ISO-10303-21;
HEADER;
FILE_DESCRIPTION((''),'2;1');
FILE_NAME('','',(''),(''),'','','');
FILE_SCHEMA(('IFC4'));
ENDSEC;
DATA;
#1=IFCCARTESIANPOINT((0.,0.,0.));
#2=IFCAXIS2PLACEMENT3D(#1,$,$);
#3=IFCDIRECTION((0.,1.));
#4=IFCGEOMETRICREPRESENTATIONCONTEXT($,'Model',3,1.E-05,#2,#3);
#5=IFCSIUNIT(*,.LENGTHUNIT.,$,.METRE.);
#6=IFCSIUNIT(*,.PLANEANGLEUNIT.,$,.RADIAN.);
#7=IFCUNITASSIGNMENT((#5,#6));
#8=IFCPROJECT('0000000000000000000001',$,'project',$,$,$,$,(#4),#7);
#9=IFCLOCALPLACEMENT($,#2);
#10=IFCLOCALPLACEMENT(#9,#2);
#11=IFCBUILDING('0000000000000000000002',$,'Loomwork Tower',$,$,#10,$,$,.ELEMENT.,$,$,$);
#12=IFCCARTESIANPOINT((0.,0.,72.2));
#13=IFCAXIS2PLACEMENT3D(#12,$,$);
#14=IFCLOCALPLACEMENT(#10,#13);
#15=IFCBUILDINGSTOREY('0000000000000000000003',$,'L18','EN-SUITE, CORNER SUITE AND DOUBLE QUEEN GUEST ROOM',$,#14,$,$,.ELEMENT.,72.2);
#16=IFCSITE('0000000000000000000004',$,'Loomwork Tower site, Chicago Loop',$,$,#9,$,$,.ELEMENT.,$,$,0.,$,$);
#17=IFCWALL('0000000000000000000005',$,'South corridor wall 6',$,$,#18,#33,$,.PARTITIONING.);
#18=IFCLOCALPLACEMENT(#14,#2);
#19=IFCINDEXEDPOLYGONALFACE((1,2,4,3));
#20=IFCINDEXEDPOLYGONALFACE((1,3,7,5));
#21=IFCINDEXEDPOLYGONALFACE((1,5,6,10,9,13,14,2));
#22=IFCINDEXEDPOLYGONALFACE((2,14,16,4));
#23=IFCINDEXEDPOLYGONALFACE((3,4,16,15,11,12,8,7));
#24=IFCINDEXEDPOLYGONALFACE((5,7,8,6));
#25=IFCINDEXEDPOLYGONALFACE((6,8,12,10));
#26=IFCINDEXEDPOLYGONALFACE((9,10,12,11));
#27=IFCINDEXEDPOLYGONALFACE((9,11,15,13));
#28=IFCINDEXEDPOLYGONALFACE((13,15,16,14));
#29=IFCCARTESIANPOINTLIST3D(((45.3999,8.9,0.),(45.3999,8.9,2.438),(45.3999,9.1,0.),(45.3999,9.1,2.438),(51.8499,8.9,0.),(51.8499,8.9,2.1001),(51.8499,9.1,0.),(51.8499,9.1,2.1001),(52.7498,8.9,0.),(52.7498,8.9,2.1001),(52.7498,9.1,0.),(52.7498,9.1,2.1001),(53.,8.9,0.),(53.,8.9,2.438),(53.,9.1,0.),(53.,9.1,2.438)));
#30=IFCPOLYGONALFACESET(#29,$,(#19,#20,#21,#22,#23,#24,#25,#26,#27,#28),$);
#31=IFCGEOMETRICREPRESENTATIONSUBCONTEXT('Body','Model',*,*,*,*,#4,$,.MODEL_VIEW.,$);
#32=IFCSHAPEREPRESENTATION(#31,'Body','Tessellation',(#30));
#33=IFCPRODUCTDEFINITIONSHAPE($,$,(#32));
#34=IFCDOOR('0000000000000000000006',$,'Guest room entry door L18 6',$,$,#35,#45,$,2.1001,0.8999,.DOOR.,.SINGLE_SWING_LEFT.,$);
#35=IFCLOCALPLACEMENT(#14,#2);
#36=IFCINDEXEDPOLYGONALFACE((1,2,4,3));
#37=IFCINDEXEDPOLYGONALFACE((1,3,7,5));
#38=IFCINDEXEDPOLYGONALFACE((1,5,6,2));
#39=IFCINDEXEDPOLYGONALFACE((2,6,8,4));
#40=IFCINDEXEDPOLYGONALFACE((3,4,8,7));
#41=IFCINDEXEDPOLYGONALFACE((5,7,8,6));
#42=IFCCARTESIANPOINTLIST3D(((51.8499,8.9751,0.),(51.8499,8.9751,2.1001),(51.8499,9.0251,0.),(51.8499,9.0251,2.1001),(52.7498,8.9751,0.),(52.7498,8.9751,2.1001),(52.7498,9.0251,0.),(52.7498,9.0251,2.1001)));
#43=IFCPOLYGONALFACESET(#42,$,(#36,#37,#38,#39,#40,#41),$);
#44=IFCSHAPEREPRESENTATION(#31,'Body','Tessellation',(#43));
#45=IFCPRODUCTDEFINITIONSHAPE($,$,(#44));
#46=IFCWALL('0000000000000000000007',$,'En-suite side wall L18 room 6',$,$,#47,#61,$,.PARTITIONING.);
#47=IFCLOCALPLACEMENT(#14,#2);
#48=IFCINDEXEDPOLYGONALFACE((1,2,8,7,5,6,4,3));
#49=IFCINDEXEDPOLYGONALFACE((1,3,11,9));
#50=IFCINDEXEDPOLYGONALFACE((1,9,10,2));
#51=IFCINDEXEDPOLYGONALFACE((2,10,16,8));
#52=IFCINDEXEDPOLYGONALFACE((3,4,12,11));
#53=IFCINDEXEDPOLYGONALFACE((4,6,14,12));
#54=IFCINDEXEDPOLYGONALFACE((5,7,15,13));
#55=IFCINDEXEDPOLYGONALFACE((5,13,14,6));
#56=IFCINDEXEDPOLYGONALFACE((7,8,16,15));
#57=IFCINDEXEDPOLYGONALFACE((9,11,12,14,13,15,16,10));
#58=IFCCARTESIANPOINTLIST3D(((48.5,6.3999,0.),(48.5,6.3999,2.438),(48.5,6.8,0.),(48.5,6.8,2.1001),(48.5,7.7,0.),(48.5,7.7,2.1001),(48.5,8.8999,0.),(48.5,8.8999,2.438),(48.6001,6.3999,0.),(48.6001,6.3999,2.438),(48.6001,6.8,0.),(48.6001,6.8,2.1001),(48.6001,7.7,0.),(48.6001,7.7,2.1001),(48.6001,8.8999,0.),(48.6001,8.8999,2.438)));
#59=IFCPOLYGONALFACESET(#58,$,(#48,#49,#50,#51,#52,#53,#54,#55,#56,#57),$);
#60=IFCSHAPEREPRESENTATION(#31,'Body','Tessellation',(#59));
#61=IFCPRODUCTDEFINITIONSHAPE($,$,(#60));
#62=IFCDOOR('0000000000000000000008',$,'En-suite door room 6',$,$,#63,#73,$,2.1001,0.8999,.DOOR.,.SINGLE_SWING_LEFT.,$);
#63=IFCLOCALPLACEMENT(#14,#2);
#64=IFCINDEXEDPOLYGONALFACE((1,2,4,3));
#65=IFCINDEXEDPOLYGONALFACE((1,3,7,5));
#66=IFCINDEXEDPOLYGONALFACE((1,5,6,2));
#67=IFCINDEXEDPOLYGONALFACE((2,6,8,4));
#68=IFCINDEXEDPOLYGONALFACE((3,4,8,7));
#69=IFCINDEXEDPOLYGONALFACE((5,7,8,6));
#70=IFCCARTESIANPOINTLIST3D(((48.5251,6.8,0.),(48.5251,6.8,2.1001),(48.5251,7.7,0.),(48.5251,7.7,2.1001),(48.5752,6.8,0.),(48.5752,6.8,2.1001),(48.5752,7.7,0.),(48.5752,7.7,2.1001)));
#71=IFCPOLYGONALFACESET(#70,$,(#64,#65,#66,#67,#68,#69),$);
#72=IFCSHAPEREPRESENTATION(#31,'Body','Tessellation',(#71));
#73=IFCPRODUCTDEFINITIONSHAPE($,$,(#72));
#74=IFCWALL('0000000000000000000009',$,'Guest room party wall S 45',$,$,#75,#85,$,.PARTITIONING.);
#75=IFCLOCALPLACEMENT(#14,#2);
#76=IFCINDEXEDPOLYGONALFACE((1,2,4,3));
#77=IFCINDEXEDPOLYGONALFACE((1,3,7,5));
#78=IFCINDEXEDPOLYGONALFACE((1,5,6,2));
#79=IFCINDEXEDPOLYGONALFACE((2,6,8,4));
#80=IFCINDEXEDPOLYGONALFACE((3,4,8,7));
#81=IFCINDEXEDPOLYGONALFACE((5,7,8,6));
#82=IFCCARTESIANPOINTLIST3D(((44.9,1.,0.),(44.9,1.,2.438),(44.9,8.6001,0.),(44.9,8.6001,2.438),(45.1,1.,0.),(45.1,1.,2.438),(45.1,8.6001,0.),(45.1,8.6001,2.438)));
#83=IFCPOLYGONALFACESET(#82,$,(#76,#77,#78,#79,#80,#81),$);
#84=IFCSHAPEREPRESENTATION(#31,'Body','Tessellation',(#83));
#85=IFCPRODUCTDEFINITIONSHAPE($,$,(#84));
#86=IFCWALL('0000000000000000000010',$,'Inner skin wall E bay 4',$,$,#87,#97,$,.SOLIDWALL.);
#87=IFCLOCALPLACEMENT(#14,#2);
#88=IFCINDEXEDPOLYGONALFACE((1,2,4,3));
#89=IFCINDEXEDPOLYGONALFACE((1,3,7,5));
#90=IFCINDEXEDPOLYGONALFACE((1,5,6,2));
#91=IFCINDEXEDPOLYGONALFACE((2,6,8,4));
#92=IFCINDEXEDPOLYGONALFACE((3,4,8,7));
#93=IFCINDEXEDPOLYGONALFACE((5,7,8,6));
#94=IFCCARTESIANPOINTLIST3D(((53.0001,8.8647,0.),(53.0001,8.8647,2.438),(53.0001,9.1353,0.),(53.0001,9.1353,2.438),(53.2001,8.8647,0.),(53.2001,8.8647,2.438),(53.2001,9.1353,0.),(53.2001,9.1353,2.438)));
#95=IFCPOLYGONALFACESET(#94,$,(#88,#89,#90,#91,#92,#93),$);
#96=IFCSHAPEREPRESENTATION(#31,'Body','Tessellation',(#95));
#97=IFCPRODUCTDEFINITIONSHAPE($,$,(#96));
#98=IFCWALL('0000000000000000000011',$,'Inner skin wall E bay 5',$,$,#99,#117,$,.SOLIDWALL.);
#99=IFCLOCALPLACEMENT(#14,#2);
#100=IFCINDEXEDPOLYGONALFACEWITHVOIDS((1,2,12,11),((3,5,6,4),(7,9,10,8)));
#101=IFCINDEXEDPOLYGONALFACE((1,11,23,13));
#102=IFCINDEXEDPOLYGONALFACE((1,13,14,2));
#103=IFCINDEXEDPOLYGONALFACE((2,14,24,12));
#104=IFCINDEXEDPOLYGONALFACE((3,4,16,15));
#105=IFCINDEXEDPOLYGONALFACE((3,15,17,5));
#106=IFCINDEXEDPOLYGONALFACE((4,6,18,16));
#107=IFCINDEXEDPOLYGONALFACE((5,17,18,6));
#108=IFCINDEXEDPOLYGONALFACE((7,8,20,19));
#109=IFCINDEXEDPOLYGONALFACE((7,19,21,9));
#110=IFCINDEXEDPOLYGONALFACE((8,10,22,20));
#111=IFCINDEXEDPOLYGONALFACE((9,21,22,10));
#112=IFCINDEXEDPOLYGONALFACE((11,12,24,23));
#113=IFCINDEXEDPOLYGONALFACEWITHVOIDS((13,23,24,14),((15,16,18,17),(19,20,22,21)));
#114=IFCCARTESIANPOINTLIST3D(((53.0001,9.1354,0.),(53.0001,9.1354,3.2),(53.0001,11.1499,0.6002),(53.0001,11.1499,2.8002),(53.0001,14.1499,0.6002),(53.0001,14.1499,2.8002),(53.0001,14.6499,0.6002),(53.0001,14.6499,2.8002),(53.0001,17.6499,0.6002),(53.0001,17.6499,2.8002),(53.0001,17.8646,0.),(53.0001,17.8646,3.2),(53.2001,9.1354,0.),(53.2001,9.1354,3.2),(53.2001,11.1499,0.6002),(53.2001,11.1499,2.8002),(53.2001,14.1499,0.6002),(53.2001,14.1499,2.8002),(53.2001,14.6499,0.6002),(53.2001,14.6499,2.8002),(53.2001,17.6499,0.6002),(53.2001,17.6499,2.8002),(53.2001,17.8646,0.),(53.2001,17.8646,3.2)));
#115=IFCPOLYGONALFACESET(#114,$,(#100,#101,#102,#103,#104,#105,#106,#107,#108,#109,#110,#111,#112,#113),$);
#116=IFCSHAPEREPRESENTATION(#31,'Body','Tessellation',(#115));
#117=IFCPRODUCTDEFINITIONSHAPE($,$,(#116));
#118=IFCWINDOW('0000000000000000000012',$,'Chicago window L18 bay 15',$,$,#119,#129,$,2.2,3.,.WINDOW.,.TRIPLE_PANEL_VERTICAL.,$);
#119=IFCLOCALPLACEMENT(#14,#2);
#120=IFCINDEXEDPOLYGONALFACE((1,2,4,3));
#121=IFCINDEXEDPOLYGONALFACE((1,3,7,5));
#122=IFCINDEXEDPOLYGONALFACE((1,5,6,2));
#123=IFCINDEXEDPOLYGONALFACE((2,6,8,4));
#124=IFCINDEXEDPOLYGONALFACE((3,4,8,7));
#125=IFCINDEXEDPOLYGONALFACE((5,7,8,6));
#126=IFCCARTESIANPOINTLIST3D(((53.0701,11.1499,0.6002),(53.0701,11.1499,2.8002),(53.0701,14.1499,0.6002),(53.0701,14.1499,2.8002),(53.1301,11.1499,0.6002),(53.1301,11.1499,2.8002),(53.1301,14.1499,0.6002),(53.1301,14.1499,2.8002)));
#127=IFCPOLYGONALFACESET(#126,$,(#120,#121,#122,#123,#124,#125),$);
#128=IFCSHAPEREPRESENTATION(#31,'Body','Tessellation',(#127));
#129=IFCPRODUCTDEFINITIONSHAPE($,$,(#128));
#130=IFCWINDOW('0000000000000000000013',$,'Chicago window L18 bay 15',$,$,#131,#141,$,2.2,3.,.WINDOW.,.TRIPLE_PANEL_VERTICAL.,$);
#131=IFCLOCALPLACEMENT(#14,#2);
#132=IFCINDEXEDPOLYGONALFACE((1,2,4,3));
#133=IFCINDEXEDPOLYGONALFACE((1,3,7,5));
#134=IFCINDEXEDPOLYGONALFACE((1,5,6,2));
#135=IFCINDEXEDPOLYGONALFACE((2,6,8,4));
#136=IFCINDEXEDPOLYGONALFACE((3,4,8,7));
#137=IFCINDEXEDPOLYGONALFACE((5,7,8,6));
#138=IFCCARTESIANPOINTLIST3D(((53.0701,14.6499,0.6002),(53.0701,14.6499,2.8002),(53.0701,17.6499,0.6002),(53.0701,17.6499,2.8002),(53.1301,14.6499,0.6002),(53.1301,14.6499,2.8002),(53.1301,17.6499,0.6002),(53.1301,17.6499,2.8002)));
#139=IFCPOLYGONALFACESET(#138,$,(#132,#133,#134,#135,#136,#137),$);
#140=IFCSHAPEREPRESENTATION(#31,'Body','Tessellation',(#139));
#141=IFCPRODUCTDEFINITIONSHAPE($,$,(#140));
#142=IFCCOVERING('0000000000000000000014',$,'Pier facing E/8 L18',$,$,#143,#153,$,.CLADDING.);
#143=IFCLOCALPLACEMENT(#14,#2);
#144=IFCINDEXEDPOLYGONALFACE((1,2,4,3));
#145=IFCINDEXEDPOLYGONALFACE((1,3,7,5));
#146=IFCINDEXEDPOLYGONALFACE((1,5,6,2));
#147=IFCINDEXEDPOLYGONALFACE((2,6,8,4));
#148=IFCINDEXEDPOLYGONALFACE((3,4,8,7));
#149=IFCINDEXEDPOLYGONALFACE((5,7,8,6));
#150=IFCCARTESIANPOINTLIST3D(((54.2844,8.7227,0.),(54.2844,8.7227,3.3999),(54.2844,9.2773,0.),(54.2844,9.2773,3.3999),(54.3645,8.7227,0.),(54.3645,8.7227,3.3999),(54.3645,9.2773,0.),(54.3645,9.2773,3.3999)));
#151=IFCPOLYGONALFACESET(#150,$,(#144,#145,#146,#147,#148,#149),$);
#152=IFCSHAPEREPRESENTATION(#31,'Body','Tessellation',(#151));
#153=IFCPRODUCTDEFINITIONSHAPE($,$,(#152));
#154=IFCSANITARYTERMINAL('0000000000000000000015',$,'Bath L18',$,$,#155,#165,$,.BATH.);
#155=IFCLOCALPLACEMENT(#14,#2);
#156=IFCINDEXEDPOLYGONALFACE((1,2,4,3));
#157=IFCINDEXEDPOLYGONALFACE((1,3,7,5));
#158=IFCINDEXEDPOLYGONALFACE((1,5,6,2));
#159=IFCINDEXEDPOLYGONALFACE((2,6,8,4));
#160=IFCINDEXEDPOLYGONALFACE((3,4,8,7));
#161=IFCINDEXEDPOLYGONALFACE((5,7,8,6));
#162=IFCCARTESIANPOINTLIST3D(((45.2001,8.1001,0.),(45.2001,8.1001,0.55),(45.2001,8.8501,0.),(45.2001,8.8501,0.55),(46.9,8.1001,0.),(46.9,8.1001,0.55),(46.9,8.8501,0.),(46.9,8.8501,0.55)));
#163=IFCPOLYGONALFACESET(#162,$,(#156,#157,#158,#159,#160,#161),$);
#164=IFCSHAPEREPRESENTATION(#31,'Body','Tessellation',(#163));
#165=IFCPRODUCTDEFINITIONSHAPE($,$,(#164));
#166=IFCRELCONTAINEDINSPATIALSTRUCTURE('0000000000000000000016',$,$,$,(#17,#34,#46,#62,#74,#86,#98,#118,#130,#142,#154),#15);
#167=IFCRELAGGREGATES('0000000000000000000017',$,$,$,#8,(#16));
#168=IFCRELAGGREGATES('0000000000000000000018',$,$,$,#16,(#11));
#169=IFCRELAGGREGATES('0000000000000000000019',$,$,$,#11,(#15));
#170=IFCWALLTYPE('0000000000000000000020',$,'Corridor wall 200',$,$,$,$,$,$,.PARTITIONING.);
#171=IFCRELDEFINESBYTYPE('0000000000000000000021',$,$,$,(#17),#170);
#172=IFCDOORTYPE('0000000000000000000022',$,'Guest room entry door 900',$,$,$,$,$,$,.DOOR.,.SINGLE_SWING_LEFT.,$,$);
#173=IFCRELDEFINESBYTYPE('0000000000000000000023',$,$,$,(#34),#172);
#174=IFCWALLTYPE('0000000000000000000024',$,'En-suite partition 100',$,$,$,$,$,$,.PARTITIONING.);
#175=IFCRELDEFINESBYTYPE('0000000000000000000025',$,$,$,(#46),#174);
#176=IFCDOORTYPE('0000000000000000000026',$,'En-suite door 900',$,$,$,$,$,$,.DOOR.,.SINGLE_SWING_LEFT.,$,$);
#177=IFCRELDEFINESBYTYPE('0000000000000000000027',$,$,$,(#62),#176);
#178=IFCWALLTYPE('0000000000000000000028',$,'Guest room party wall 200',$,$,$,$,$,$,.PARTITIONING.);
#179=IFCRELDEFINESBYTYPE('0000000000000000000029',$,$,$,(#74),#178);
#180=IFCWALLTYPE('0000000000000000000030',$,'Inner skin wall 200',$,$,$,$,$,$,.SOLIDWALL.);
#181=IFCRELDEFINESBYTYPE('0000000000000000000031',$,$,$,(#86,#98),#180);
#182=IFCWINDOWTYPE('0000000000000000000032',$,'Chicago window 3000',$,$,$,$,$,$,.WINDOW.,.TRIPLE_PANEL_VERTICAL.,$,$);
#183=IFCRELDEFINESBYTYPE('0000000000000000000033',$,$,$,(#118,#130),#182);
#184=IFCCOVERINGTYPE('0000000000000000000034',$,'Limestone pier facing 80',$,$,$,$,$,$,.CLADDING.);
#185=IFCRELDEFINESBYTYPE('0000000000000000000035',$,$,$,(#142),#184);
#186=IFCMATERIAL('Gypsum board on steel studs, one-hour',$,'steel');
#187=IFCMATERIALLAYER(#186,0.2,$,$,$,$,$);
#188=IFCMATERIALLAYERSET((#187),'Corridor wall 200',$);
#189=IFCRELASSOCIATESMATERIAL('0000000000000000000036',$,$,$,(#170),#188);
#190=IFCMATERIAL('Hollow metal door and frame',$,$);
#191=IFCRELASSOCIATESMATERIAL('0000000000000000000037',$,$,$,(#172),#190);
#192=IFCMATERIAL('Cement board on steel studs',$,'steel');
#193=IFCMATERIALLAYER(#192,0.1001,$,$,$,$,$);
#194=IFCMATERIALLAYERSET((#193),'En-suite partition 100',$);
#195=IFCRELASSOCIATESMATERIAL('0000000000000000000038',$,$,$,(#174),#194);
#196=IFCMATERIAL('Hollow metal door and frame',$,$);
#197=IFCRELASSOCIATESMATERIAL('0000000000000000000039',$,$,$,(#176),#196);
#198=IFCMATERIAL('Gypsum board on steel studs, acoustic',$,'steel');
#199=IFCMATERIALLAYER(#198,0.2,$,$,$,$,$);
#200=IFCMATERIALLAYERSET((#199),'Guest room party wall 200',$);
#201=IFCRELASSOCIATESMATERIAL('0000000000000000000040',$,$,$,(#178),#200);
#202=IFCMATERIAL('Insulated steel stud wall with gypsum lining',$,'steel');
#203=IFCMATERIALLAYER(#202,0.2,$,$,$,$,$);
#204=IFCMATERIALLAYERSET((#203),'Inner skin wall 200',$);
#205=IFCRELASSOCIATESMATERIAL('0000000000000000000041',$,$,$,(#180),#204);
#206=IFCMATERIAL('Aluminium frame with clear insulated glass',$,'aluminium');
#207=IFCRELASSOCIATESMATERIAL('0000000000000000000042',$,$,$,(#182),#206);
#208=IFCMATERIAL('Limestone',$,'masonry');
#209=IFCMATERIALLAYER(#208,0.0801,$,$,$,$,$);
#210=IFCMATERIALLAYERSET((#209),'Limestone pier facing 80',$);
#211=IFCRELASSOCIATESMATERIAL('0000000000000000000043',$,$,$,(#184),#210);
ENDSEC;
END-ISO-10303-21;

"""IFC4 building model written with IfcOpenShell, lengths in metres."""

from ifc_helpers import new_model, si_unit, direction, frame, frame_2d, origin, origin_2d, place, context, subcontext, project, spatial, rectangle, extrude, material, layer, layer_set, type_object, element, fill, save


model = new_model("IFC4")

# Units and contexts
model_context = context("Model", 3, precision=1e-05, world=origin(), true_north=direction((0.0, 1.0)))
body_context = subcontext(model_context, "Body", "Model", "MODEL_VIEW")
ifc_project = project(units=[si_unit("LENGTHUNIT", "METRE"), si_unit("PLANEANGLEUNIT", "RADIAN")], contexts=[model_context])

# Site, building, storey
site_placement = place(None, origin())
site = spatial("IfcSite", under=ifc_project, at=site_placement, Name="Loomwork Tower site, Chicago Loop", CompositionType="ELEMENT", RefElevation=0.0)
building_placement = place(site_placement, origin())
building = spatial("IfcBuilding", under=site, at=building_placement, Name="Loomwork Tower", CompositionType="ELEMENT")
storey_placement = place(building_placement, frame((0.0, 0.0, 72.2)))
storey = spatial("IfcBuildingStorey", under=building, at=storey_placement, Name="L18", Description="EN-SUITE, CORNER SUITE AND DOUBLE QUEEN GUEST ROOM", CompositionType="ELEMENT", Elevation=72.2)

# Walls, openings, doors
ifc_material_1 = material(Name="Gypsum board on steel studs, one-hour", Category="steel")
ifc_layer_1 = layer(ifc_material_1, 0.2)
ifc_layer_set_1 = layer_set([ifc_layer_1], Name="Corridor wall 200")
wall_type_1 = type_object("IfcWallType", Name="Corridor wall 200", PredefinedType="PARTITIONING", material=ifc_layer_set_1)
wall_1_placement = place(storey_placement, frame((45.3999, 9.0, 0.0), z_axis=(0.0, 0.0, 1.0), x_axis=(1.0, 0.0, 0.0)))
wall_1 = element("IfcWall", 1, at=wall_1_placement, inside=storey, type_object=wall_type_1, Name="South corridor wall 6", PredefinedType="PARTITIONING", context=body_context, shape_type="SweptSolid", body=[
    extrude(rectangle(XDim=7.6001, YDim=0.2, at=frame_2d((3.8, 0.0))), origin(), (0.0, 0.0, 1.0), 2.438),
])
opening_1_placement = place(wall_1_placement, frame((6.45, 0.0, 0.0)))
opening_1 = element("IfcOpeningElement", 2, at=opening_1_placement, cuts=wall_1, PredefinedType="OPENING", context=body_context, shape_type="SweptSolid", body=[
    extrude(rectangle(XDim=0.8999, YDim=2.1001, at=frame_2d((0.45, 1.05))), frame((0.0, 0.1099, 0.0), z_axis=(0.0, -1.0, 0.0), x_axis=(1.0, 0.0, 0.0)), (0.0, 0.0, 1.0), 0.22),
])
ifc_material_2 = material(Name="Hollow metal door and frame")
door_type_1 = type_object("IfcDoorType", Name="Guest room entry door 900", OperationType="SINGLE_SWING_LEFT", PredefinedType="DOOR", material=ifc_material_2)
door_1_placement = place(opening_1_placement, frame((0.8999, 0.0, 0.0), z_axis=(0.0, 0.0, 1.0), x_axis=(-1.0, 0.0, 0.0)))
door_1 = element("IfcDoor", 3, at=door_1_placement, inside=storey, type_object=door_type_1, Name="Guest room entry door L18 6", OperationType="SINGLE_SWING_LEFT", OverallHeight=2.1001, OverallWidth=0.8999, PredefinedType="DOOR", context=body_context, shape_type="SweptSolid", body=[
    extrude(rectangle(XDim=0.8999, YDim=2.1001, at=frame_2d((0.45, 1.05))), frame((0.0, 0.0249, 0.0), z_axis=(0.0, -1.0, 0.0), x_axis=(1.0, 0.0, 0.0)), (0.0, 0.0, 1.0), 0.05),
])
fill(opening_1, door_1)
ifc_material_3 = material(Name="Cement board on steel studs", Category="steel")
ifc_layer_2 = layer(ifc_material_3, 0.1001)
ifc_layer_set_2 = layer_set([ifc_layer_2], Name="En-suite partition 100")
wall_type_2 = type_object("IfcWallType", Name="En-suite partition 100", PredefinedType="PARTITIONING", material=ifc_layer_set_2)
wall_2_placement = place(storey_placement, frame((48.55, 8.8999, 0.0), z_axis=(0.0, 0.0, 1.0), x_axis=(0.0, -1.0, 0.0)))
wall_2 = element("IfcWall", 4, at=wall_2_placement, inside=storey, type_object=wall_type_2, Name="En-suite side wall L18 room 6", PredefinedType="PARTITIONING", context=body_context, shape_type="SweptSolid", body=[
    extrude(rectangle(XDim=2.5, YDim=0.1001, at=frame_2d((1.25, 0.0))), origin(), (0.0, 0.0, 1.0), 2.438),
])
opening_2_placement = place(wall_2_placement, frame((1.2, 0.0, 0.0)))
opening_2 = element("IfcOpeningElement", 5, at=opening_2_placement, cuts=wall_2, PredefinedType="OPENING", context=body_context, shape_type="SweptSolid", body=[
    extrude(rectangle(XDim=0.8999, YDim=2.1001, at=frame_2d((0.45, 1.05))), frame((0.0, 0.0601, 0.0), z_axis=(0.0, -1.0, 0.0), x_axis=(1.0, 0.0, 0.0)), (0.0, 0.0, 1.0), 0.1201),
])
ifc_material_4 = material(Name="Hollow metal door and frame")
door_type_2 = type_object("IfcDoorType", Name="En-suite door 900", OperationType="SINGLE_SWING_LEFT", PredefinedType="DOOR", material=ifc_material_4)
door_2_placement = place(opening_2_placement, frame((0.8999, 0.0, 0.0), z_axis=(0.0, 0.0, 1.0), x_axis=(-1.0, 0.0, 0.0)))
door_2 = element("IfcDoor", 6, at=door_2_placement, inside=storey, type_object=door_type_2, Name="En-suite door room 6", OperationType="SINGLE_SWING_LEFT", OverallHeight=2.1001, OverallWidth=0.8999, PredefinedType="DOOR", context=body_context, shape_type="SweptSolid", body=[
    extrude(rectangle(XDim=0.8999, YDim=2.1001, at=frame_2d((0.45, 1.05))), frame((0.0, 0.0249, 0.0), z_axis=(0.0, -1.0, 0.0), x_axis=(1.0, 0.0, 0.0)), (0.0, 0.0, 1.0), 0.05),
])
fill(opening_2, door_2)

# Walls
ifc_material_5 = material(Name="Gypsum board on steel studs, acoustic", Category="steel")
ifc_layer_3 = layer(ifc_material_5, 0.2)
ifc_layer_set_3 = layer_set([ifc_layer_3], Name="Guest room party wall 200")
wall_type_3 = type_object("IfcWallType", Name="Guest room party wall 200", PredefinedType="PARTITIONING", material=ifc_layer_set_3)
wall_3_placement = place(storey_placement, frame((45.0, 8.6001, 0.0), z_axis=(0.0, 0.0, 1.0), x_axis=(0.0, -1.0, 0.0)))
element("IfcWall", 7, at=wall_3_placement, inside=storey, type_object=wall_type_3, Name="Guest room party wall S 45", PredefinedType="PARTITIONING", context=body_context, shape_type="SweptSolid", body=[
    extrude(rectangle(XDim=7.6001, YDim=0.2, at=frame_2d((3.8, 0.0))), origin(), (0.0, 0.0, 1.0), 2.438),
])
ifc_material_6 = material(Name="Insulated steel stud wall with gypsum lining", Category="steel")
ifc_layer_4 = layer(ifc_material_6, 0.2)
ifc_layer_set_4 = layer_set([ifc_layer_4], Name="Inner skin wall 200")
wall_type_4 = type_object("IfcWallType", Name="Inner skin wall 200", PredefinedType="SOLIDWALL", material=ifc_layer_set_4)
wall_4_placement = place(storey_placement, frame((53.1001, 8.8647, 0.0), z_axis=(0.0, 0.0, 1.0), x_axis=(0.0, 1.0, 0.0)))
element("IfcWall", 8, at=wall_4_placement, inside=storey, type_object=wall_type_4, Name="Inner skin wall E bay 4", PredefinedType="SOLIDWALL", context=body_context, shape_type="SweptSolid", body=[
    extrude(rectangle(XDim=0.2705, YDim=0.2, at=frame_2d((0.1353, 0.0))), origin(), (0.0, 0.0, 1.0), 2.438),
])

# Wall, openings, windows
wall_5_placement = place(storey_placement, frame((53.1001, 9.1353, 0.0), z_axis=(0.0, 0.0, 1.0), x_axis=(0.0, 1.0, 0.0)))
wall_5 = element("IfcWall", 9, at=wall_5_placement, inside=storey, type_object=wall_type_4, Name="Inner skin wall E bay 5", PredefinedType="SOLIDWALL", context=body_context, shape_type="SweptSolid", body=[
    extrude(rectangle(XDim=8.7292, YDim=0.2, at=frame_2d((4.3647, 0.0))), origin(), (0.0, 0.0, 1.0), 3.2),
])
opening_3_placement = place(wall_5_placement, frame((2.0146, 0.0, 0.6001)))
opening_3 = element("IfcOpeningElement", 10, at=opening_3_placement, cuts=wall_5, PredefinedType="OPENING", context=body_context, shape_type="SweptSolid", body=[
    extrude(rectangle(XDim=3.0, YDim=2.2, at=frame_2d((1.5, 1.1001))), frame((0.0, 0.1099, 0.0), z_axis=(0.0, -1.0, 0.0), x_axis=(1.0, 0.0, 0.0)), (0.0, 0.0, 1.0), 0.22),
])
opening_4_placement = place(wall_5_placement, frame((5.5146, 0.0, 0.6001)))
opening_4 = element("IfcOpeningElement", 11, at=opening_4_placement, cuts=wall_5, PredefinedType="OPENING", context=body_context, shape_type="SweptSolid", body=[
    extrude(rectangle(XDim=3.0, YDim=2.2, at=frame_2d((1.5, 1.1001))), frame((0.0, 0.1099, 0.0), z_axis=(0.0, -1.0, 0.0), x_axis=(1.0, 0.0, 0.0)), (0.0, 0.0, 1.0), 0.22),
])
ifc_material_7 = material(Name="Aluminium frame with clear insulated glass", Category="aluminium")
window_type = type_object("IfcWindowType", Name="Chicago window 3000", PartitioningType="TRIPLE_PANEL_VERTICAL", PredefinedType="WINDOW", material=ifc_material_7)
window_1_placement = place(opening_3_placement, origin())
window_1 = element("IfcWindow", 12, at=window_1_placement, inside=storey, type_object=window_type, Name="Chicago window L18 bay 15", OverallHeight=2.2, OverallWidth=3.0, PartitioningType="TRIPLE_PANEL_VERTICAL", PredefinedType="WINDOW", context=body_context, shape_type="SweptSolid", body=[
    extrude(rectangle(XDim=3.0, YDim=2.2, at=frame_2d((1.5, 1.1001))), frame((0.0, 0.03, 0.0), z_axis=(0.0, -1.0, 0.0), x_axis=(1.0, 0.0, 0.0)), (0.0, 0.0, 1.0), 0.0601),
])
fill(opening_3, window_1)
window_2_placement = place(opening_4_placement, origin())
window_2 = element("IfcWindow", 13, at=window_2_placement, inside=storey, type_object=window_type, Name="Chicago window L18 bay 15", OverallHeight=2.2, OverallWidth=3.0, PartitioningType="TRIPLE_PANEL_VERTICAL", PredefinedType="WINDOW", context=body_context, shape_type="SweptSolid", body=[
    extrude(rectangle(XDim=3.0, YDim=2.2, at=frame_2d((1.5, 1.1001))), frame((0.0, 0.03, 0.0), z_axis=(0.0, -1.0, 0.0), x_axis=(1.0, 0.0, 0.0)), (0.0, 0.0, 1.0), 0.0601),
])
fill(opening_4, window_2)

# Covering
ifc_material_8 = material(Name="Limestone", Category="masonry")
ifc_layer_5 = layer(ifc_material_8, 0.0801)
ifc_layer_set_5 = layer_set([ifc_layer_5], Name="Limestone pier facing 80")
covering_type = type_object("IfcCoveringType", Name="Limestone pier facing 80", PredefinedType="CLADDING", material=ifc_layer_set_5)
covering_placement = place(storey_placement, frame((54.3245, 9.0, 0.0), z_axis=(0.0, 0.0, 1.0), x_axis=(1.0, 0.0, 0.0)))
element("IfcCovering", 14, at=covering_placement, inside=storey, type_object=covering_type, Name="Pier facing E/8 L18", PredefinedType="CLADDING", context=body_context, shape_type="SweptSolid", body=[
    extrude(rectangle(XDim=0.0801, YDim=0.5547, at=origin_2d()), origin(), (0.0, 0.0, 1.0), 3.3999),
])

# Sanitary terminal
sanitary_terminal_1_placement = place(storey_placement, frame((46.05, 8.4751, 0.0), z_axis=(0.0, 0.0, 1.0), x_axis=(1.0, 0.0, 0.0)))
element("IfcSanitaryTerminal", 15, at=sanitary_terminal_1_placement, inside=storey, Name="Bath L18", PredefinedType="BATH", context=body_context, shape_type="SweptSolid", body=[
    extrude(rectangle(XDim=1.7, YDim=0.75, at=origin_2d()), origin(), (0.0, 0.0, 1.0), 0.55),
])

save(model, "model.ifc")
